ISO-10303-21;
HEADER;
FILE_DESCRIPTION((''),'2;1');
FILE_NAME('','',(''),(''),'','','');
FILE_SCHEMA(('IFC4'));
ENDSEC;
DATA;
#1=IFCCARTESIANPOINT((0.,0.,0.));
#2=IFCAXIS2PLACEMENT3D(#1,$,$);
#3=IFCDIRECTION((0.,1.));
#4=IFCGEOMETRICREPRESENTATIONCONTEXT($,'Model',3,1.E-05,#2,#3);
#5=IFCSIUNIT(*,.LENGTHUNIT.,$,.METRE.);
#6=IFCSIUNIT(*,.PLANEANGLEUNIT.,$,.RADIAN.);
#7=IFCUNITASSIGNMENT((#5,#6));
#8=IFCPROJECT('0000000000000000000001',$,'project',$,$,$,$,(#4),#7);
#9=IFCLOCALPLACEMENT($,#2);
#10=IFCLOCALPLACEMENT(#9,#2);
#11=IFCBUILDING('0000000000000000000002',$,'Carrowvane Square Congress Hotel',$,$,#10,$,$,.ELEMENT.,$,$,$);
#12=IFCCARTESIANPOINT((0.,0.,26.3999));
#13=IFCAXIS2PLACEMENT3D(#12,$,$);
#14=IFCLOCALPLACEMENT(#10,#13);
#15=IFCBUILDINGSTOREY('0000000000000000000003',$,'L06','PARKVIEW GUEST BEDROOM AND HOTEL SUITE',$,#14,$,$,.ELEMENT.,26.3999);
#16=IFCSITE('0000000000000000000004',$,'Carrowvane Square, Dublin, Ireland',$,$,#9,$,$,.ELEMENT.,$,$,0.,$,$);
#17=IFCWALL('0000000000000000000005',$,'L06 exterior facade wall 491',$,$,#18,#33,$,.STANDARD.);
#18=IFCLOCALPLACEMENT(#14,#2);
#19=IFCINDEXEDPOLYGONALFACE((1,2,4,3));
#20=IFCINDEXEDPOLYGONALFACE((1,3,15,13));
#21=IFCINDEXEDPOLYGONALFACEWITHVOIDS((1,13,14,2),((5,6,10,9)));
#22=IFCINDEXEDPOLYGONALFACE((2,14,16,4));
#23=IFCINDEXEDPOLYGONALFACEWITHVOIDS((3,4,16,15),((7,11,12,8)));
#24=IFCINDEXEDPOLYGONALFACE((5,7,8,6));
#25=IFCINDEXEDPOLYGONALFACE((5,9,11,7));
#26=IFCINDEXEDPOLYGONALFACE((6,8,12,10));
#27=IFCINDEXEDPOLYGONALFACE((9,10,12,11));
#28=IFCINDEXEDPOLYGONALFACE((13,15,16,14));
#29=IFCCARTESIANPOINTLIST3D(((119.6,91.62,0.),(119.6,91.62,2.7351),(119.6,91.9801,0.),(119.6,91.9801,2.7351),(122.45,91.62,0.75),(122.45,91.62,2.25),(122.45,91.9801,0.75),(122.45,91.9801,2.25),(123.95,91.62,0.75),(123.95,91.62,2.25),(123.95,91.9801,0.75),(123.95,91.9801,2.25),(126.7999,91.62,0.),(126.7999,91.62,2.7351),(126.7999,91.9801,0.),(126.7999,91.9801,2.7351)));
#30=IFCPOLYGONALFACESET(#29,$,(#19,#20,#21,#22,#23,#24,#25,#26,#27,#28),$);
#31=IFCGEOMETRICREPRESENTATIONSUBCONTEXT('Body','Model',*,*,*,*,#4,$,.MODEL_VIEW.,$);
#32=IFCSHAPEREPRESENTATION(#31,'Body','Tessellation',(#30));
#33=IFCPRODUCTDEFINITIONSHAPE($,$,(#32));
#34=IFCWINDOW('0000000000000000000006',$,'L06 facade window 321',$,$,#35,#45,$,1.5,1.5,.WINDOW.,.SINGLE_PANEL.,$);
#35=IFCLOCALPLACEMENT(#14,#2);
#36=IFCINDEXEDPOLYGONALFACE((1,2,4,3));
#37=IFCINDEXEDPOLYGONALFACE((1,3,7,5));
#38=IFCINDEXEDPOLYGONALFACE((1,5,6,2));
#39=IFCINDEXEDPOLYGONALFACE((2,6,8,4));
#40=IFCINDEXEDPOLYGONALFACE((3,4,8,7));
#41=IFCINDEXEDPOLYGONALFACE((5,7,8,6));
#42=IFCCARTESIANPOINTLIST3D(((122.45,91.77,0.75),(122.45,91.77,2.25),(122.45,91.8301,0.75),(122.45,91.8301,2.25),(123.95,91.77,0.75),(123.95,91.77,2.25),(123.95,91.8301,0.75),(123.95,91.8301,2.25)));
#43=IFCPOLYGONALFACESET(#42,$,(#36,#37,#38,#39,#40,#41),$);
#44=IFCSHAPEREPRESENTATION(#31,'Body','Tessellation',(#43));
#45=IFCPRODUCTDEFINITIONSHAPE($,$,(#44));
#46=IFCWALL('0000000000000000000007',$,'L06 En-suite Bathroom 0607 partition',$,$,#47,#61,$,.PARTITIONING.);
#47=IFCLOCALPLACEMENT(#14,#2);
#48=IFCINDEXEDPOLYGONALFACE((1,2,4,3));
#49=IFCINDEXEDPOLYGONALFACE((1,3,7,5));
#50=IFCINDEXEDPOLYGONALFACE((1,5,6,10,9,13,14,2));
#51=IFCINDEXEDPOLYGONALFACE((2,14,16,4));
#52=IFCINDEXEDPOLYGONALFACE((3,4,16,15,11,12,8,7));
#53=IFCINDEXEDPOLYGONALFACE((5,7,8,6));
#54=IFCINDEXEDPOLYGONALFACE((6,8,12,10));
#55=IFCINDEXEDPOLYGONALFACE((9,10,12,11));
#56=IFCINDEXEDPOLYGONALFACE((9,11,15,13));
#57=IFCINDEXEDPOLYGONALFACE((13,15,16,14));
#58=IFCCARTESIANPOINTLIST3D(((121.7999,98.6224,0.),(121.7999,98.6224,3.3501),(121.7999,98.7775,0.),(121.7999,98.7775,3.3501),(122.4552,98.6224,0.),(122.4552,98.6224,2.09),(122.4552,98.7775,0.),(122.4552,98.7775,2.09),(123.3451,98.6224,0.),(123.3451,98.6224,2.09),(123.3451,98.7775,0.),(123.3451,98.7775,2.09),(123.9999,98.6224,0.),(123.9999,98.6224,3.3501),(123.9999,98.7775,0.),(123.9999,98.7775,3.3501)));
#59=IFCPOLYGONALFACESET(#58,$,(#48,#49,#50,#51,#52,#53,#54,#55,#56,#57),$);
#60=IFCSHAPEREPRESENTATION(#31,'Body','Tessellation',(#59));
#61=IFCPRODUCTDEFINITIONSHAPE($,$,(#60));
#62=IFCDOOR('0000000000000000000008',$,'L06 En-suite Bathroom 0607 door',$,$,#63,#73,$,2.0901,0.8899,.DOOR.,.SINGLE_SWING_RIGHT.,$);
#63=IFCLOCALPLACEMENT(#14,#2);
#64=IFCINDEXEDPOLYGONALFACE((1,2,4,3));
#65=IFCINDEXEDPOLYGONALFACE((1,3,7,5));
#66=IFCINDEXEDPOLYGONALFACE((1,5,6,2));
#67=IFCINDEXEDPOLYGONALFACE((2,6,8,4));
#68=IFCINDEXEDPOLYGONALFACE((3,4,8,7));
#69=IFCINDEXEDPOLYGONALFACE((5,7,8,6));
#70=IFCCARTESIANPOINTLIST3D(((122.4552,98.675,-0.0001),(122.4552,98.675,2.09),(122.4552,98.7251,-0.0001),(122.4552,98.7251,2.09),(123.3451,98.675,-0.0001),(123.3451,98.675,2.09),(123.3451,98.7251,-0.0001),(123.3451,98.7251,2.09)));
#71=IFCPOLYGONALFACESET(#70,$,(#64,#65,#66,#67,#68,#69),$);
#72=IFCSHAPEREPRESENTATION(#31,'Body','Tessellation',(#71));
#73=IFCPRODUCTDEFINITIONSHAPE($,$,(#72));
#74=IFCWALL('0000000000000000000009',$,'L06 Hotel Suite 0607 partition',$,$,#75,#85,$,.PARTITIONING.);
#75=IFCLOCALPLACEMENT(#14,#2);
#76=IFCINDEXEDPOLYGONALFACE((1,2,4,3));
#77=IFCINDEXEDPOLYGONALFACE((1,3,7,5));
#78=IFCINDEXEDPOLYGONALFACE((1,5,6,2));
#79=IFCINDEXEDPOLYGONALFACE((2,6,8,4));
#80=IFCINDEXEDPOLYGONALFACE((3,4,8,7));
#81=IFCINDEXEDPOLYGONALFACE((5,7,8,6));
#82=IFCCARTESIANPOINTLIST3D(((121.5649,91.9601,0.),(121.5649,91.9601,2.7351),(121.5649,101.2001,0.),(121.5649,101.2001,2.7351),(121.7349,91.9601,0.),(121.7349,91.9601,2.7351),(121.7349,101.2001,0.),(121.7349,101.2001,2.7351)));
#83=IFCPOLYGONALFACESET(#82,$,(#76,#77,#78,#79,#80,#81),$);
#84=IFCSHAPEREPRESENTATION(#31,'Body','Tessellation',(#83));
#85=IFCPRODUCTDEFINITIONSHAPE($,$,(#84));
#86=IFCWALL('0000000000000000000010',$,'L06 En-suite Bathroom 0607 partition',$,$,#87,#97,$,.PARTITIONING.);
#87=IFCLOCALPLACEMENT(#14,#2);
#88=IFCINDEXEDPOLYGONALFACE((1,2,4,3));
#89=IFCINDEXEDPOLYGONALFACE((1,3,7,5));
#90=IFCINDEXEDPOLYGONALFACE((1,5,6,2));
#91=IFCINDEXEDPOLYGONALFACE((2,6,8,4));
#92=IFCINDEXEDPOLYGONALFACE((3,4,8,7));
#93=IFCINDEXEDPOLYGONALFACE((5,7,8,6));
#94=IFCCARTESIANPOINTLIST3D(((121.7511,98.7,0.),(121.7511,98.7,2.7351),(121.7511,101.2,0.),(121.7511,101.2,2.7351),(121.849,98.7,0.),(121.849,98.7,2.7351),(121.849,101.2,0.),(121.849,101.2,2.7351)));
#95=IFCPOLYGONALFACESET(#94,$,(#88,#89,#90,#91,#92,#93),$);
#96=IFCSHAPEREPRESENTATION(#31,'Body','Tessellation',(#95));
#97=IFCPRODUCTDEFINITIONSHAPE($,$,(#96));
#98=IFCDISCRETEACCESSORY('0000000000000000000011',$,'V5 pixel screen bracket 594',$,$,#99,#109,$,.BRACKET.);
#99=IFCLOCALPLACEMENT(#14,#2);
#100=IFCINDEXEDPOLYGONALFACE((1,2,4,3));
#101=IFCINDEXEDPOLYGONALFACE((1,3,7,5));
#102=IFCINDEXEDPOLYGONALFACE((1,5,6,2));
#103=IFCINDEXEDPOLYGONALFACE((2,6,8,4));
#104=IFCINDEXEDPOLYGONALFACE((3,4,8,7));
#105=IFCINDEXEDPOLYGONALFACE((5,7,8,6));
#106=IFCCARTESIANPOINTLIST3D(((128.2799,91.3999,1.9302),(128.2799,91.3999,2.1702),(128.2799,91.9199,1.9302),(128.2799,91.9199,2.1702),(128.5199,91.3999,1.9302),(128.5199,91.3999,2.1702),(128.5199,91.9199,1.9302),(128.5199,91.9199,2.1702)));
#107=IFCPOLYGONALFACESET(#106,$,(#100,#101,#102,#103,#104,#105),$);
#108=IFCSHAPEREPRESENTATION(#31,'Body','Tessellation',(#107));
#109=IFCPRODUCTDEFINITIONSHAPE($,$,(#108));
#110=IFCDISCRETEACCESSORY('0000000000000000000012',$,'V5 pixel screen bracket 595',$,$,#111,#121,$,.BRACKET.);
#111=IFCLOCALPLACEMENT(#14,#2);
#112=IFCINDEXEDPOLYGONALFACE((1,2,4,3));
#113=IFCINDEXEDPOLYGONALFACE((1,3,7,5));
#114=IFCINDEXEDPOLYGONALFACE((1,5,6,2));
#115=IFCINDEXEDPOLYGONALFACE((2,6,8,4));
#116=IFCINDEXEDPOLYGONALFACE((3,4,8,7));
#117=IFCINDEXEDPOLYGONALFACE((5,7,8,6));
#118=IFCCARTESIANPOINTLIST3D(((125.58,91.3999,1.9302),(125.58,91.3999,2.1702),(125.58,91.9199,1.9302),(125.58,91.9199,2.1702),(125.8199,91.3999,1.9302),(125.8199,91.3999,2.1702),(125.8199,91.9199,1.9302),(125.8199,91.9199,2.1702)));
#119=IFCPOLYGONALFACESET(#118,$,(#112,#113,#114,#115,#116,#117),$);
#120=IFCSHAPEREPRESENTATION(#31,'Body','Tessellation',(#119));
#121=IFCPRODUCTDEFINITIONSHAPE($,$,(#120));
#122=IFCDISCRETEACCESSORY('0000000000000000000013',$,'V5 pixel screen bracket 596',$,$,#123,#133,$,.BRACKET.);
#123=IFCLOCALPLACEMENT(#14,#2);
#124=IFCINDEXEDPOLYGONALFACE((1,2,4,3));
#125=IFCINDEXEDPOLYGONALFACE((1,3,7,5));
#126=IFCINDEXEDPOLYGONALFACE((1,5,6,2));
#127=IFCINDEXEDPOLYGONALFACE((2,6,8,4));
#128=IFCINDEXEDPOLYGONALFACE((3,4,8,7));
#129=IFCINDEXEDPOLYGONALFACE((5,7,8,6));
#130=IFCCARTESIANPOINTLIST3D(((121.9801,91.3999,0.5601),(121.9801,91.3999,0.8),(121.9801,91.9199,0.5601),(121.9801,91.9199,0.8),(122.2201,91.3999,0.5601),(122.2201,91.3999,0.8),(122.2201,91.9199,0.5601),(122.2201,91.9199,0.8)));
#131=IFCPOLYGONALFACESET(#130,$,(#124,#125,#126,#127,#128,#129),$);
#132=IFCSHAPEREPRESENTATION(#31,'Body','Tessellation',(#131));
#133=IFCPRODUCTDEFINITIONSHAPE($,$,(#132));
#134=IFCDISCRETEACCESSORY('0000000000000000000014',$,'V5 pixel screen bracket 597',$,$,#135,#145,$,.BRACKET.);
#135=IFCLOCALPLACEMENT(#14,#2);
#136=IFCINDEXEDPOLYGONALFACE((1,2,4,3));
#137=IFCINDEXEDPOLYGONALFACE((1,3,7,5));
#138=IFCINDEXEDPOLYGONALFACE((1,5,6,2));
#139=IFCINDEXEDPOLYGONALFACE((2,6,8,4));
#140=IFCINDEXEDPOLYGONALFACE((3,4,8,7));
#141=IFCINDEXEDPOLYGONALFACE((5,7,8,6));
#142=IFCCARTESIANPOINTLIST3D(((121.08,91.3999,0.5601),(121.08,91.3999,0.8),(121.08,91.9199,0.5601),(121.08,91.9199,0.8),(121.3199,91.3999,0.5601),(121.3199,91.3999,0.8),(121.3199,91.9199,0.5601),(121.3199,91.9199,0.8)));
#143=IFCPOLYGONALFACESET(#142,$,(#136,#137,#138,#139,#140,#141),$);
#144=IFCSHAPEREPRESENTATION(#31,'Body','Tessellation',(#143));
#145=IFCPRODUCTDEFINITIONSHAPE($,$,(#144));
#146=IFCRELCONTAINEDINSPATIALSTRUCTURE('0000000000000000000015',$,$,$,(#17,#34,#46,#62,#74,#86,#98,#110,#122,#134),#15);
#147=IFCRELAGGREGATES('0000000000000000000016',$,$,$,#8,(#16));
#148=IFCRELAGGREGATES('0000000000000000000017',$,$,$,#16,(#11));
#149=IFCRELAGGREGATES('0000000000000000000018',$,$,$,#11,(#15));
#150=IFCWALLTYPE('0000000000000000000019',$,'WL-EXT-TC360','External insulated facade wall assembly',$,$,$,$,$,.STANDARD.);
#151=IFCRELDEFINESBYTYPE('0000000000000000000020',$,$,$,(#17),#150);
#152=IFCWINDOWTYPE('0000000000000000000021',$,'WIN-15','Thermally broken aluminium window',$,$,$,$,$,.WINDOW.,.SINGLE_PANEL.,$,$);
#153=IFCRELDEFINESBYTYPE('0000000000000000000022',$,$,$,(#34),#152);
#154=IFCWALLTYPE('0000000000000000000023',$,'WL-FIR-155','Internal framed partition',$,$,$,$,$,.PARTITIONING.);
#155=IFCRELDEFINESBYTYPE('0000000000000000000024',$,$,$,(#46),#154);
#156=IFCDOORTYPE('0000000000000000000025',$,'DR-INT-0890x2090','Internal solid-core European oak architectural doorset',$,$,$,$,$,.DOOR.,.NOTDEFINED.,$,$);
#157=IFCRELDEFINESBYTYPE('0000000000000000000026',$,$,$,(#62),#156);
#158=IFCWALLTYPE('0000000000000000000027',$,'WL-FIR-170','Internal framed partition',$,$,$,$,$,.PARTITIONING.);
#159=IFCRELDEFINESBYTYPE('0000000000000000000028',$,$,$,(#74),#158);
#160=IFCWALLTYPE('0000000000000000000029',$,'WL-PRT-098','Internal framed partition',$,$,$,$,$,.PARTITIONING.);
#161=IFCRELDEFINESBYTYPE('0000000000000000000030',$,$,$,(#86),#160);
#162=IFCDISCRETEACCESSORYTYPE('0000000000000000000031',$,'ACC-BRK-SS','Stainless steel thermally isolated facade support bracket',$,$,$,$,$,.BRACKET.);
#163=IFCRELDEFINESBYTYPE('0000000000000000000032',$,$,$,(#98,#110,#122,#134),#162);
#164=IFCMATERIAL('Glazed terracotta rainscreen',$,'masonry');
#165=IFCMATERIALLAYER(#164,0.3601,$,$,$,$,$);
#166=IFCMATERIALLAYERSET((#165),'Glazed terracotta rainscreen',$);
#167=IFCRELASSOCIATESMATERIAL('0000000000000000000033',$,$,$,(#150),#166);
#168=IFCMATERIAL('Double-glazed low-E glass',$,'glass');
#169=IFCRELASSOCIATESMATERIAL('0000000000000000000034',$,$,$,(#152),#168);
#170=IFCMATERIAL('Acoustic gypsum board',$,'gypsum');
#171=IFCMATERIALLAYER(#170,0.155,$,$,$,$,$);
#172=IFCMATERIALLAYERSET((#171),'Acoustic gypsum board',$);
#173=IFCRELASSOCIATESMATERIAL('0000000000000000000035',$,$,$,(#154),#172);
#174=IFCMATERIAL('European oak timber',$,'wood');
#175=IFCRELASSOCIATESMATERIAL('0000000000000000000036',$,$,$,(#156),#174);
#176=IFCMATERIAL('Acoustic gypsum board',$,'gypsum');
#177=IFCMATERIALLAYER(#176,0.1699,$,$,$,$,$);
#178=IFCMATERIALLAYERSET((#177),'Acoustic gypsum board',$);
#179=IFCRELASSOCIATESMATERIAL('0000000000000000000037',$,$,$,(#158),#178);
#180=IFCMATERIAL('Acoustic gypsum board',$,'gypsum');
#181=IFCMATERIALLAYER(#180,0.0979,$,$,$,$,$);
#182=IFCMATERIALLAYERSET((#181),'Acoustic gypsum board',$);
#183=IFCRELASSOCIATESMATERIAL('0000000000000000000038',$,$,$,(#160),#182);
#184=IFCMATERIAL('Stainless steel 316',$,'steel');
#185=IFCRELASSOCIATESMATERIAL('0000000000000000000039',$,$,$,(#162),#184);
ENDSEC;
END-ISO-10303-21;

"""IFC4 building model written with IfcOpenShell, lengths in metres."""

from ifc_helpers import new_model, si_unit, direction, frame, frame_2d, origin, origin_2d, place, context, subcontext, project, spatial, rectangle, extrude, material, layer, layer_set, type_object, element, fill, save


model = new_model("IFC4")

# Units and contexts
model_context = context("Model", 3, precision=1e-05, world=origin(), true_north=direction((0.0, 1.0)))
body_context = subcontext(model_context, "Body", "Model", "MODEL_VIEW")
ifc_project = project(units=[si_unit("LENGTHUNIT", "METRE"), si_unit("PLANEANGLEUNIT", "RADIAN")], contexts=[model_context])

# Site, building, storey
site_placement = place(None, origin())
site = spatial("IfcSite", under=ifc_project, at=site_placement, Name="Carrowvane Square, Dublin, Ireland", CompositionType="ELEMENT", RefElevation=0.0)
building_placement = place(site_placement, origin())
building = spatial("IfcBuilding", under=site, at=building_placement, Name="Carrowvane Square Congress Hotel", CompositionType="ELEMENT")
storey_placement = place(building_placement, frame((0.0, 0.0, 26.3999)))
storey = spatial("IfcBuildingStorey", under=building, at=storey_placement, Name="L06", Description="PARKVIEW GUEST BEDROOM AND HOTEL SUITE", CompositionType="ELEMENT", Elevation=26.3999)

# Wall, opening, window
ifc_material_1 = material(Name="Glazed terracotta rainscreen", Category="masonry")
ifc_layer_1 = layer(ifc_material_1, 0.3601)
ifc_layer_set_1 = layer_set([ifc_layer_1], Name="Glazed terracotta rainscreen")
wall_type_1 = type_object("IfcWallType", Name="WL-EXT-TC360", Description="External insulated facade wall assembly", PredefinedType="STANDARD", material=ifc_layer_set_1)
wall_1_placement = place(storey_placement, frame((126.8, 91.8, 0.0), z_axis=(0.0, 0.0, 1.0), x_axis=(-1.0, 0.0, 0.0)))
wall_1 = element("IfcWall", 1, at=wall_1_placement, inside=storey, type_object=wall_type_1, Name="L06 exterior facade wall 491", PredefinedType="STANDARD", context=body_context, shape_type="SweptSolid", body=[
    extrude(rectangle(XDim=7.2, YDim=0.3601, at=frame_2d((3.6001, 0.0))), origin(), (0.0, 0.0, 1.0), 2.7351),
])
opening_1_placement = place(wall_1_placement, frame((2.8501, 0.0, 0.75)))
opening_1 = element("IfcOpeningElement", 2, at=opening_1_placement, cuts=wall_1, PredefinedType="OPENING", context=body_context, shape_type="SweptSolid", body=[
    extrude(rectangle(XDim=1.5, YDim=1.5, at=frame_2d((0.75, 0.75))), frame((0.0, 0.1899, 0.0), z_axis=(0.0, -1.0, 0.0), x_axis=(1.0, 0.0, 0.0)), (0.0, 0.0, 1.0), 0.3801),
])
ifc_material_2 = material(Name="Double-glazed low-E glass", Category="glass")
window_type = type_object("IfcWindowType", Name="WIN-15", Description="Thermally broken aluminium window", PartitioningType="SINGLE_PANEL", PredefinedType="WINDOW", material=ifc_material_2)
window_placement = place(opening_1_placement, origin())
window = element("IfcWindow", 3, at=window_placement, inside=storey, type_object=window_type, Name="L06 facade window 321", OverallHeight=1.5, OverallWidth=1.5, PartitioningType="SINGLE_PANEL", PredefinedType="WINDOW", context=body_context, shape_type="SweptSolid", body=[
    extrude(rectangle(XDim=1.5, YDim=1.5, at=frame_2d((0.75, 0.75))), frame((0.0, 0.03, 0.0), z_axis=(0.0, -1.0, 0.0), x_axis=(1.0, 0.0, 0.0)), (0.0, 0.0, 1.0), 0.0601),
])
fill(opening_1, window)

# Wall, opening, door
ifc_material_3 = material(Name="Acoustic gypsum board", Category="gypsum")
ifc_layer_2 = layer(ifc_material_3, 0.155)
ifc_layer_set_2 = layer_set([ifc_layer_2], Name="Acoustic gypsum board")
wall_type_2 = type_object("IfcWallType", Name="WL-FIR-155", Description="Internal framed partition", PredefinedType="PARTITIONING", material=ifc_layer_set_2)
wall_2_placement = place(storey_placement, frame((124.0, 98.7, 0.0), z_axis=(0.0, 0.0, 1.0), x_axis=(-1.0, 0.0, 0.0)))
wall_2 = element("IfcWall", 4, at=wall_2_placement, inside=storey, type_object=wall_type_2, Name="L06 En-suite Bathroom 0607 partition", PredefinedType="PARTITIONING", context=body_context, shape_type="SweptSolid", body=[
    extrude(rectangle(XDim=2.2, YDim=0.155, at=frame_2d((1.1001, 0.0))), origin(), (0.0, 0.0, 1.0), 3.3501),
])
opening_2_placement = place(wall_2_placement, frame((0.655, 0.0, 0.0)))
opening_2 = element("IfcOpeningElement", 5, at=opening_2_placement, cuts=wall_2, PredefinedType="OPENING", context=body_context, shape_type="SweptSolid", body=[
    extrude(rectangle(XDim=0.8899, YDim=2.0901, at=frame_2d((0.4448, 1.0449))), frame((0.0, 0.0874, 0.0), z_axis=(0.0, -1.0, 0.0), x_axis=(1.0, 0.0, 0.0)), (0.0, 0.0, 1.0), 0.175),
])
ifc_material_4 = material(Name="European oak timber", Category="wood")
door_type = type_object("IfcDoorType", Name="DR-INT-0890x2090", Description="Internal solid-core European oak architectural doorset", OperationType="NOTDEFINED", PredefinedType="DOOR", material=ifc_material_4)
door_placement = place(opening_2_placement, origin())
door = element("IfcDoor", 6, at=door_placement, inside=storey, type_object=door_type, Name="L06 En-suite Bathroom 0607 door", OperationType="SINGLE_SWING_RIGHT", OverallHeight=2.0901, OverallWidth=0.8899, PredefinedType="DOOR", context=body_context, shape_type="SweptSolid", body=[
    extrude(rectangle(XDim=0.8899, YDim=2.0901, at=frame_2d((0.4448, 1.0449))), frame((0.0, 0.0249, 0.0), z_axis=(0.0, -1.0, 0.0), x_axis=(1.0, 0.0, 0.0)), (0.0, 0.0, 1.0), 0.05),
])
fill(opening_2, door)

# Walls
ifc_material_5 = material(Name="Acoustic gypsum board", Category="gypsum")
ifc_layer_3 = layer(ifc_material_5, 0.1699)
ifc_layer_set_3 = layer_set([ifc_layer_3], Name="Acoustic gypsum board")
wall_type_3 = type_object("IfcWallType", Name="WL-FIR-170", Description="Internal framed partition", PredefinedType="PARTITIONING", material=ifc_layer_set_3)
wall_3_placement = place(storey_placement, frame((121.6499, 91.96, 0.0), z_axis=(0.0, 0.0, 1.0), x_axis=(0.0, 1.0, 0.0)))
element("IfcWall", 7, at=wall_3_placement, inside=storey, type_object=wall_type_3, Name="L06 Hotel Suite 0607 partition", PredefinedType="PARTITIONING", context=body_context, shape_type="SweptSolid", body=[
    extrude(rectangle(XDim=9.24, YDim=0.1699, at=frame_2d((4.6201, 0.0))), origin(), (0.0, 0.0, 1.0), 2.7351),
])
ifc_material_6 = material(Name="Acoustic gypsum board", Category="gypsum")
ifc_layer_4 = layer(ifc_material_6, 0.0979)
ifc_layer_set_4 = layer_set([ifc_layer_4], Name="Acoustic gypsum board")
wall_type_4 = type_object("IfcWallType", Name="WL-PRT-098", Description="Internal framed partition", PredefinedType="PARTITIONING", material=ifc_layer_set_4)
wall_4_placement = place(storey_placement, frame((121.8, 98.7, 0.0), z_axis=(0.0, 0.0, 1.0), x_axis=(0.0, 1.0, 0.0)))
element("IfcWall", 8, at=wall_4_placement, inside=storey, type_object=wall_type_4, Name="L06 En-suite Bathroom 0607 partition", PredefinedType="PARTITIONING", context=body_context, shape_type="SweptSolid", body=[
    extrude(rectangle(XDim=2.5, YDim=0.0979, at=frame_2d((1.25, 0.0))), origin(), (0.0, 0.0, 1.0), 2.7351),
])

# Discrete accessories
ifc_material_7 = material(Name="Stainless steel 316", Category="steel")
discrete_accessory_type = type_object("IfcDiscreteAccessoryType", Name="ACC-BRK-SS", Description="Stainless steel thermally isolated facade support bracket", PredefinedType="BRACKET", material=ifc_material_7)
for number, where, z_axis, x_axis, name in (
    (9, (128.3999, 91.6599, 1.9302), (0.0, 0.0, 1.0), (-1.0, 0.0, 0.0), "V5 pixel screen bracket 594"),
    (10, (125.7, 91.6599, 1.9302), (0.0, 0.0, 1.0), (-1.0, 0.0, 0.0), "V5 pixel screen bracket 595"),
    (11, (122.1001, 91.6599, 0.5601), (0.0, 0.0, 1.0), (-1.0, 0.0, 0.0), "V5 pixel screen bracket 596"),
    (12, (121.2, 91.6599, 0.5601), (0.0, 0.0, 1.0), (-1.0, 0.0, 0.0), "V5 pixel screen bracket 597"),
):
    element("IfcDiscreteAccessory", number, at=place(storey_placement, frame(where, z_axis=z_axis, x_axis=x_axis)), inside=storey, type_object=discrete_accessory_type, Name=name, PredefinedType="BRACKET", context=body_context, shape_type="SweptSolid", body=[
        extrude(rectangle(XDim=0.24, YDim=0.52, at=origin_2d()), origin(), (0.0, 0.0, 1.0), 0.24),
    ])

save(model, "model.ifc")
